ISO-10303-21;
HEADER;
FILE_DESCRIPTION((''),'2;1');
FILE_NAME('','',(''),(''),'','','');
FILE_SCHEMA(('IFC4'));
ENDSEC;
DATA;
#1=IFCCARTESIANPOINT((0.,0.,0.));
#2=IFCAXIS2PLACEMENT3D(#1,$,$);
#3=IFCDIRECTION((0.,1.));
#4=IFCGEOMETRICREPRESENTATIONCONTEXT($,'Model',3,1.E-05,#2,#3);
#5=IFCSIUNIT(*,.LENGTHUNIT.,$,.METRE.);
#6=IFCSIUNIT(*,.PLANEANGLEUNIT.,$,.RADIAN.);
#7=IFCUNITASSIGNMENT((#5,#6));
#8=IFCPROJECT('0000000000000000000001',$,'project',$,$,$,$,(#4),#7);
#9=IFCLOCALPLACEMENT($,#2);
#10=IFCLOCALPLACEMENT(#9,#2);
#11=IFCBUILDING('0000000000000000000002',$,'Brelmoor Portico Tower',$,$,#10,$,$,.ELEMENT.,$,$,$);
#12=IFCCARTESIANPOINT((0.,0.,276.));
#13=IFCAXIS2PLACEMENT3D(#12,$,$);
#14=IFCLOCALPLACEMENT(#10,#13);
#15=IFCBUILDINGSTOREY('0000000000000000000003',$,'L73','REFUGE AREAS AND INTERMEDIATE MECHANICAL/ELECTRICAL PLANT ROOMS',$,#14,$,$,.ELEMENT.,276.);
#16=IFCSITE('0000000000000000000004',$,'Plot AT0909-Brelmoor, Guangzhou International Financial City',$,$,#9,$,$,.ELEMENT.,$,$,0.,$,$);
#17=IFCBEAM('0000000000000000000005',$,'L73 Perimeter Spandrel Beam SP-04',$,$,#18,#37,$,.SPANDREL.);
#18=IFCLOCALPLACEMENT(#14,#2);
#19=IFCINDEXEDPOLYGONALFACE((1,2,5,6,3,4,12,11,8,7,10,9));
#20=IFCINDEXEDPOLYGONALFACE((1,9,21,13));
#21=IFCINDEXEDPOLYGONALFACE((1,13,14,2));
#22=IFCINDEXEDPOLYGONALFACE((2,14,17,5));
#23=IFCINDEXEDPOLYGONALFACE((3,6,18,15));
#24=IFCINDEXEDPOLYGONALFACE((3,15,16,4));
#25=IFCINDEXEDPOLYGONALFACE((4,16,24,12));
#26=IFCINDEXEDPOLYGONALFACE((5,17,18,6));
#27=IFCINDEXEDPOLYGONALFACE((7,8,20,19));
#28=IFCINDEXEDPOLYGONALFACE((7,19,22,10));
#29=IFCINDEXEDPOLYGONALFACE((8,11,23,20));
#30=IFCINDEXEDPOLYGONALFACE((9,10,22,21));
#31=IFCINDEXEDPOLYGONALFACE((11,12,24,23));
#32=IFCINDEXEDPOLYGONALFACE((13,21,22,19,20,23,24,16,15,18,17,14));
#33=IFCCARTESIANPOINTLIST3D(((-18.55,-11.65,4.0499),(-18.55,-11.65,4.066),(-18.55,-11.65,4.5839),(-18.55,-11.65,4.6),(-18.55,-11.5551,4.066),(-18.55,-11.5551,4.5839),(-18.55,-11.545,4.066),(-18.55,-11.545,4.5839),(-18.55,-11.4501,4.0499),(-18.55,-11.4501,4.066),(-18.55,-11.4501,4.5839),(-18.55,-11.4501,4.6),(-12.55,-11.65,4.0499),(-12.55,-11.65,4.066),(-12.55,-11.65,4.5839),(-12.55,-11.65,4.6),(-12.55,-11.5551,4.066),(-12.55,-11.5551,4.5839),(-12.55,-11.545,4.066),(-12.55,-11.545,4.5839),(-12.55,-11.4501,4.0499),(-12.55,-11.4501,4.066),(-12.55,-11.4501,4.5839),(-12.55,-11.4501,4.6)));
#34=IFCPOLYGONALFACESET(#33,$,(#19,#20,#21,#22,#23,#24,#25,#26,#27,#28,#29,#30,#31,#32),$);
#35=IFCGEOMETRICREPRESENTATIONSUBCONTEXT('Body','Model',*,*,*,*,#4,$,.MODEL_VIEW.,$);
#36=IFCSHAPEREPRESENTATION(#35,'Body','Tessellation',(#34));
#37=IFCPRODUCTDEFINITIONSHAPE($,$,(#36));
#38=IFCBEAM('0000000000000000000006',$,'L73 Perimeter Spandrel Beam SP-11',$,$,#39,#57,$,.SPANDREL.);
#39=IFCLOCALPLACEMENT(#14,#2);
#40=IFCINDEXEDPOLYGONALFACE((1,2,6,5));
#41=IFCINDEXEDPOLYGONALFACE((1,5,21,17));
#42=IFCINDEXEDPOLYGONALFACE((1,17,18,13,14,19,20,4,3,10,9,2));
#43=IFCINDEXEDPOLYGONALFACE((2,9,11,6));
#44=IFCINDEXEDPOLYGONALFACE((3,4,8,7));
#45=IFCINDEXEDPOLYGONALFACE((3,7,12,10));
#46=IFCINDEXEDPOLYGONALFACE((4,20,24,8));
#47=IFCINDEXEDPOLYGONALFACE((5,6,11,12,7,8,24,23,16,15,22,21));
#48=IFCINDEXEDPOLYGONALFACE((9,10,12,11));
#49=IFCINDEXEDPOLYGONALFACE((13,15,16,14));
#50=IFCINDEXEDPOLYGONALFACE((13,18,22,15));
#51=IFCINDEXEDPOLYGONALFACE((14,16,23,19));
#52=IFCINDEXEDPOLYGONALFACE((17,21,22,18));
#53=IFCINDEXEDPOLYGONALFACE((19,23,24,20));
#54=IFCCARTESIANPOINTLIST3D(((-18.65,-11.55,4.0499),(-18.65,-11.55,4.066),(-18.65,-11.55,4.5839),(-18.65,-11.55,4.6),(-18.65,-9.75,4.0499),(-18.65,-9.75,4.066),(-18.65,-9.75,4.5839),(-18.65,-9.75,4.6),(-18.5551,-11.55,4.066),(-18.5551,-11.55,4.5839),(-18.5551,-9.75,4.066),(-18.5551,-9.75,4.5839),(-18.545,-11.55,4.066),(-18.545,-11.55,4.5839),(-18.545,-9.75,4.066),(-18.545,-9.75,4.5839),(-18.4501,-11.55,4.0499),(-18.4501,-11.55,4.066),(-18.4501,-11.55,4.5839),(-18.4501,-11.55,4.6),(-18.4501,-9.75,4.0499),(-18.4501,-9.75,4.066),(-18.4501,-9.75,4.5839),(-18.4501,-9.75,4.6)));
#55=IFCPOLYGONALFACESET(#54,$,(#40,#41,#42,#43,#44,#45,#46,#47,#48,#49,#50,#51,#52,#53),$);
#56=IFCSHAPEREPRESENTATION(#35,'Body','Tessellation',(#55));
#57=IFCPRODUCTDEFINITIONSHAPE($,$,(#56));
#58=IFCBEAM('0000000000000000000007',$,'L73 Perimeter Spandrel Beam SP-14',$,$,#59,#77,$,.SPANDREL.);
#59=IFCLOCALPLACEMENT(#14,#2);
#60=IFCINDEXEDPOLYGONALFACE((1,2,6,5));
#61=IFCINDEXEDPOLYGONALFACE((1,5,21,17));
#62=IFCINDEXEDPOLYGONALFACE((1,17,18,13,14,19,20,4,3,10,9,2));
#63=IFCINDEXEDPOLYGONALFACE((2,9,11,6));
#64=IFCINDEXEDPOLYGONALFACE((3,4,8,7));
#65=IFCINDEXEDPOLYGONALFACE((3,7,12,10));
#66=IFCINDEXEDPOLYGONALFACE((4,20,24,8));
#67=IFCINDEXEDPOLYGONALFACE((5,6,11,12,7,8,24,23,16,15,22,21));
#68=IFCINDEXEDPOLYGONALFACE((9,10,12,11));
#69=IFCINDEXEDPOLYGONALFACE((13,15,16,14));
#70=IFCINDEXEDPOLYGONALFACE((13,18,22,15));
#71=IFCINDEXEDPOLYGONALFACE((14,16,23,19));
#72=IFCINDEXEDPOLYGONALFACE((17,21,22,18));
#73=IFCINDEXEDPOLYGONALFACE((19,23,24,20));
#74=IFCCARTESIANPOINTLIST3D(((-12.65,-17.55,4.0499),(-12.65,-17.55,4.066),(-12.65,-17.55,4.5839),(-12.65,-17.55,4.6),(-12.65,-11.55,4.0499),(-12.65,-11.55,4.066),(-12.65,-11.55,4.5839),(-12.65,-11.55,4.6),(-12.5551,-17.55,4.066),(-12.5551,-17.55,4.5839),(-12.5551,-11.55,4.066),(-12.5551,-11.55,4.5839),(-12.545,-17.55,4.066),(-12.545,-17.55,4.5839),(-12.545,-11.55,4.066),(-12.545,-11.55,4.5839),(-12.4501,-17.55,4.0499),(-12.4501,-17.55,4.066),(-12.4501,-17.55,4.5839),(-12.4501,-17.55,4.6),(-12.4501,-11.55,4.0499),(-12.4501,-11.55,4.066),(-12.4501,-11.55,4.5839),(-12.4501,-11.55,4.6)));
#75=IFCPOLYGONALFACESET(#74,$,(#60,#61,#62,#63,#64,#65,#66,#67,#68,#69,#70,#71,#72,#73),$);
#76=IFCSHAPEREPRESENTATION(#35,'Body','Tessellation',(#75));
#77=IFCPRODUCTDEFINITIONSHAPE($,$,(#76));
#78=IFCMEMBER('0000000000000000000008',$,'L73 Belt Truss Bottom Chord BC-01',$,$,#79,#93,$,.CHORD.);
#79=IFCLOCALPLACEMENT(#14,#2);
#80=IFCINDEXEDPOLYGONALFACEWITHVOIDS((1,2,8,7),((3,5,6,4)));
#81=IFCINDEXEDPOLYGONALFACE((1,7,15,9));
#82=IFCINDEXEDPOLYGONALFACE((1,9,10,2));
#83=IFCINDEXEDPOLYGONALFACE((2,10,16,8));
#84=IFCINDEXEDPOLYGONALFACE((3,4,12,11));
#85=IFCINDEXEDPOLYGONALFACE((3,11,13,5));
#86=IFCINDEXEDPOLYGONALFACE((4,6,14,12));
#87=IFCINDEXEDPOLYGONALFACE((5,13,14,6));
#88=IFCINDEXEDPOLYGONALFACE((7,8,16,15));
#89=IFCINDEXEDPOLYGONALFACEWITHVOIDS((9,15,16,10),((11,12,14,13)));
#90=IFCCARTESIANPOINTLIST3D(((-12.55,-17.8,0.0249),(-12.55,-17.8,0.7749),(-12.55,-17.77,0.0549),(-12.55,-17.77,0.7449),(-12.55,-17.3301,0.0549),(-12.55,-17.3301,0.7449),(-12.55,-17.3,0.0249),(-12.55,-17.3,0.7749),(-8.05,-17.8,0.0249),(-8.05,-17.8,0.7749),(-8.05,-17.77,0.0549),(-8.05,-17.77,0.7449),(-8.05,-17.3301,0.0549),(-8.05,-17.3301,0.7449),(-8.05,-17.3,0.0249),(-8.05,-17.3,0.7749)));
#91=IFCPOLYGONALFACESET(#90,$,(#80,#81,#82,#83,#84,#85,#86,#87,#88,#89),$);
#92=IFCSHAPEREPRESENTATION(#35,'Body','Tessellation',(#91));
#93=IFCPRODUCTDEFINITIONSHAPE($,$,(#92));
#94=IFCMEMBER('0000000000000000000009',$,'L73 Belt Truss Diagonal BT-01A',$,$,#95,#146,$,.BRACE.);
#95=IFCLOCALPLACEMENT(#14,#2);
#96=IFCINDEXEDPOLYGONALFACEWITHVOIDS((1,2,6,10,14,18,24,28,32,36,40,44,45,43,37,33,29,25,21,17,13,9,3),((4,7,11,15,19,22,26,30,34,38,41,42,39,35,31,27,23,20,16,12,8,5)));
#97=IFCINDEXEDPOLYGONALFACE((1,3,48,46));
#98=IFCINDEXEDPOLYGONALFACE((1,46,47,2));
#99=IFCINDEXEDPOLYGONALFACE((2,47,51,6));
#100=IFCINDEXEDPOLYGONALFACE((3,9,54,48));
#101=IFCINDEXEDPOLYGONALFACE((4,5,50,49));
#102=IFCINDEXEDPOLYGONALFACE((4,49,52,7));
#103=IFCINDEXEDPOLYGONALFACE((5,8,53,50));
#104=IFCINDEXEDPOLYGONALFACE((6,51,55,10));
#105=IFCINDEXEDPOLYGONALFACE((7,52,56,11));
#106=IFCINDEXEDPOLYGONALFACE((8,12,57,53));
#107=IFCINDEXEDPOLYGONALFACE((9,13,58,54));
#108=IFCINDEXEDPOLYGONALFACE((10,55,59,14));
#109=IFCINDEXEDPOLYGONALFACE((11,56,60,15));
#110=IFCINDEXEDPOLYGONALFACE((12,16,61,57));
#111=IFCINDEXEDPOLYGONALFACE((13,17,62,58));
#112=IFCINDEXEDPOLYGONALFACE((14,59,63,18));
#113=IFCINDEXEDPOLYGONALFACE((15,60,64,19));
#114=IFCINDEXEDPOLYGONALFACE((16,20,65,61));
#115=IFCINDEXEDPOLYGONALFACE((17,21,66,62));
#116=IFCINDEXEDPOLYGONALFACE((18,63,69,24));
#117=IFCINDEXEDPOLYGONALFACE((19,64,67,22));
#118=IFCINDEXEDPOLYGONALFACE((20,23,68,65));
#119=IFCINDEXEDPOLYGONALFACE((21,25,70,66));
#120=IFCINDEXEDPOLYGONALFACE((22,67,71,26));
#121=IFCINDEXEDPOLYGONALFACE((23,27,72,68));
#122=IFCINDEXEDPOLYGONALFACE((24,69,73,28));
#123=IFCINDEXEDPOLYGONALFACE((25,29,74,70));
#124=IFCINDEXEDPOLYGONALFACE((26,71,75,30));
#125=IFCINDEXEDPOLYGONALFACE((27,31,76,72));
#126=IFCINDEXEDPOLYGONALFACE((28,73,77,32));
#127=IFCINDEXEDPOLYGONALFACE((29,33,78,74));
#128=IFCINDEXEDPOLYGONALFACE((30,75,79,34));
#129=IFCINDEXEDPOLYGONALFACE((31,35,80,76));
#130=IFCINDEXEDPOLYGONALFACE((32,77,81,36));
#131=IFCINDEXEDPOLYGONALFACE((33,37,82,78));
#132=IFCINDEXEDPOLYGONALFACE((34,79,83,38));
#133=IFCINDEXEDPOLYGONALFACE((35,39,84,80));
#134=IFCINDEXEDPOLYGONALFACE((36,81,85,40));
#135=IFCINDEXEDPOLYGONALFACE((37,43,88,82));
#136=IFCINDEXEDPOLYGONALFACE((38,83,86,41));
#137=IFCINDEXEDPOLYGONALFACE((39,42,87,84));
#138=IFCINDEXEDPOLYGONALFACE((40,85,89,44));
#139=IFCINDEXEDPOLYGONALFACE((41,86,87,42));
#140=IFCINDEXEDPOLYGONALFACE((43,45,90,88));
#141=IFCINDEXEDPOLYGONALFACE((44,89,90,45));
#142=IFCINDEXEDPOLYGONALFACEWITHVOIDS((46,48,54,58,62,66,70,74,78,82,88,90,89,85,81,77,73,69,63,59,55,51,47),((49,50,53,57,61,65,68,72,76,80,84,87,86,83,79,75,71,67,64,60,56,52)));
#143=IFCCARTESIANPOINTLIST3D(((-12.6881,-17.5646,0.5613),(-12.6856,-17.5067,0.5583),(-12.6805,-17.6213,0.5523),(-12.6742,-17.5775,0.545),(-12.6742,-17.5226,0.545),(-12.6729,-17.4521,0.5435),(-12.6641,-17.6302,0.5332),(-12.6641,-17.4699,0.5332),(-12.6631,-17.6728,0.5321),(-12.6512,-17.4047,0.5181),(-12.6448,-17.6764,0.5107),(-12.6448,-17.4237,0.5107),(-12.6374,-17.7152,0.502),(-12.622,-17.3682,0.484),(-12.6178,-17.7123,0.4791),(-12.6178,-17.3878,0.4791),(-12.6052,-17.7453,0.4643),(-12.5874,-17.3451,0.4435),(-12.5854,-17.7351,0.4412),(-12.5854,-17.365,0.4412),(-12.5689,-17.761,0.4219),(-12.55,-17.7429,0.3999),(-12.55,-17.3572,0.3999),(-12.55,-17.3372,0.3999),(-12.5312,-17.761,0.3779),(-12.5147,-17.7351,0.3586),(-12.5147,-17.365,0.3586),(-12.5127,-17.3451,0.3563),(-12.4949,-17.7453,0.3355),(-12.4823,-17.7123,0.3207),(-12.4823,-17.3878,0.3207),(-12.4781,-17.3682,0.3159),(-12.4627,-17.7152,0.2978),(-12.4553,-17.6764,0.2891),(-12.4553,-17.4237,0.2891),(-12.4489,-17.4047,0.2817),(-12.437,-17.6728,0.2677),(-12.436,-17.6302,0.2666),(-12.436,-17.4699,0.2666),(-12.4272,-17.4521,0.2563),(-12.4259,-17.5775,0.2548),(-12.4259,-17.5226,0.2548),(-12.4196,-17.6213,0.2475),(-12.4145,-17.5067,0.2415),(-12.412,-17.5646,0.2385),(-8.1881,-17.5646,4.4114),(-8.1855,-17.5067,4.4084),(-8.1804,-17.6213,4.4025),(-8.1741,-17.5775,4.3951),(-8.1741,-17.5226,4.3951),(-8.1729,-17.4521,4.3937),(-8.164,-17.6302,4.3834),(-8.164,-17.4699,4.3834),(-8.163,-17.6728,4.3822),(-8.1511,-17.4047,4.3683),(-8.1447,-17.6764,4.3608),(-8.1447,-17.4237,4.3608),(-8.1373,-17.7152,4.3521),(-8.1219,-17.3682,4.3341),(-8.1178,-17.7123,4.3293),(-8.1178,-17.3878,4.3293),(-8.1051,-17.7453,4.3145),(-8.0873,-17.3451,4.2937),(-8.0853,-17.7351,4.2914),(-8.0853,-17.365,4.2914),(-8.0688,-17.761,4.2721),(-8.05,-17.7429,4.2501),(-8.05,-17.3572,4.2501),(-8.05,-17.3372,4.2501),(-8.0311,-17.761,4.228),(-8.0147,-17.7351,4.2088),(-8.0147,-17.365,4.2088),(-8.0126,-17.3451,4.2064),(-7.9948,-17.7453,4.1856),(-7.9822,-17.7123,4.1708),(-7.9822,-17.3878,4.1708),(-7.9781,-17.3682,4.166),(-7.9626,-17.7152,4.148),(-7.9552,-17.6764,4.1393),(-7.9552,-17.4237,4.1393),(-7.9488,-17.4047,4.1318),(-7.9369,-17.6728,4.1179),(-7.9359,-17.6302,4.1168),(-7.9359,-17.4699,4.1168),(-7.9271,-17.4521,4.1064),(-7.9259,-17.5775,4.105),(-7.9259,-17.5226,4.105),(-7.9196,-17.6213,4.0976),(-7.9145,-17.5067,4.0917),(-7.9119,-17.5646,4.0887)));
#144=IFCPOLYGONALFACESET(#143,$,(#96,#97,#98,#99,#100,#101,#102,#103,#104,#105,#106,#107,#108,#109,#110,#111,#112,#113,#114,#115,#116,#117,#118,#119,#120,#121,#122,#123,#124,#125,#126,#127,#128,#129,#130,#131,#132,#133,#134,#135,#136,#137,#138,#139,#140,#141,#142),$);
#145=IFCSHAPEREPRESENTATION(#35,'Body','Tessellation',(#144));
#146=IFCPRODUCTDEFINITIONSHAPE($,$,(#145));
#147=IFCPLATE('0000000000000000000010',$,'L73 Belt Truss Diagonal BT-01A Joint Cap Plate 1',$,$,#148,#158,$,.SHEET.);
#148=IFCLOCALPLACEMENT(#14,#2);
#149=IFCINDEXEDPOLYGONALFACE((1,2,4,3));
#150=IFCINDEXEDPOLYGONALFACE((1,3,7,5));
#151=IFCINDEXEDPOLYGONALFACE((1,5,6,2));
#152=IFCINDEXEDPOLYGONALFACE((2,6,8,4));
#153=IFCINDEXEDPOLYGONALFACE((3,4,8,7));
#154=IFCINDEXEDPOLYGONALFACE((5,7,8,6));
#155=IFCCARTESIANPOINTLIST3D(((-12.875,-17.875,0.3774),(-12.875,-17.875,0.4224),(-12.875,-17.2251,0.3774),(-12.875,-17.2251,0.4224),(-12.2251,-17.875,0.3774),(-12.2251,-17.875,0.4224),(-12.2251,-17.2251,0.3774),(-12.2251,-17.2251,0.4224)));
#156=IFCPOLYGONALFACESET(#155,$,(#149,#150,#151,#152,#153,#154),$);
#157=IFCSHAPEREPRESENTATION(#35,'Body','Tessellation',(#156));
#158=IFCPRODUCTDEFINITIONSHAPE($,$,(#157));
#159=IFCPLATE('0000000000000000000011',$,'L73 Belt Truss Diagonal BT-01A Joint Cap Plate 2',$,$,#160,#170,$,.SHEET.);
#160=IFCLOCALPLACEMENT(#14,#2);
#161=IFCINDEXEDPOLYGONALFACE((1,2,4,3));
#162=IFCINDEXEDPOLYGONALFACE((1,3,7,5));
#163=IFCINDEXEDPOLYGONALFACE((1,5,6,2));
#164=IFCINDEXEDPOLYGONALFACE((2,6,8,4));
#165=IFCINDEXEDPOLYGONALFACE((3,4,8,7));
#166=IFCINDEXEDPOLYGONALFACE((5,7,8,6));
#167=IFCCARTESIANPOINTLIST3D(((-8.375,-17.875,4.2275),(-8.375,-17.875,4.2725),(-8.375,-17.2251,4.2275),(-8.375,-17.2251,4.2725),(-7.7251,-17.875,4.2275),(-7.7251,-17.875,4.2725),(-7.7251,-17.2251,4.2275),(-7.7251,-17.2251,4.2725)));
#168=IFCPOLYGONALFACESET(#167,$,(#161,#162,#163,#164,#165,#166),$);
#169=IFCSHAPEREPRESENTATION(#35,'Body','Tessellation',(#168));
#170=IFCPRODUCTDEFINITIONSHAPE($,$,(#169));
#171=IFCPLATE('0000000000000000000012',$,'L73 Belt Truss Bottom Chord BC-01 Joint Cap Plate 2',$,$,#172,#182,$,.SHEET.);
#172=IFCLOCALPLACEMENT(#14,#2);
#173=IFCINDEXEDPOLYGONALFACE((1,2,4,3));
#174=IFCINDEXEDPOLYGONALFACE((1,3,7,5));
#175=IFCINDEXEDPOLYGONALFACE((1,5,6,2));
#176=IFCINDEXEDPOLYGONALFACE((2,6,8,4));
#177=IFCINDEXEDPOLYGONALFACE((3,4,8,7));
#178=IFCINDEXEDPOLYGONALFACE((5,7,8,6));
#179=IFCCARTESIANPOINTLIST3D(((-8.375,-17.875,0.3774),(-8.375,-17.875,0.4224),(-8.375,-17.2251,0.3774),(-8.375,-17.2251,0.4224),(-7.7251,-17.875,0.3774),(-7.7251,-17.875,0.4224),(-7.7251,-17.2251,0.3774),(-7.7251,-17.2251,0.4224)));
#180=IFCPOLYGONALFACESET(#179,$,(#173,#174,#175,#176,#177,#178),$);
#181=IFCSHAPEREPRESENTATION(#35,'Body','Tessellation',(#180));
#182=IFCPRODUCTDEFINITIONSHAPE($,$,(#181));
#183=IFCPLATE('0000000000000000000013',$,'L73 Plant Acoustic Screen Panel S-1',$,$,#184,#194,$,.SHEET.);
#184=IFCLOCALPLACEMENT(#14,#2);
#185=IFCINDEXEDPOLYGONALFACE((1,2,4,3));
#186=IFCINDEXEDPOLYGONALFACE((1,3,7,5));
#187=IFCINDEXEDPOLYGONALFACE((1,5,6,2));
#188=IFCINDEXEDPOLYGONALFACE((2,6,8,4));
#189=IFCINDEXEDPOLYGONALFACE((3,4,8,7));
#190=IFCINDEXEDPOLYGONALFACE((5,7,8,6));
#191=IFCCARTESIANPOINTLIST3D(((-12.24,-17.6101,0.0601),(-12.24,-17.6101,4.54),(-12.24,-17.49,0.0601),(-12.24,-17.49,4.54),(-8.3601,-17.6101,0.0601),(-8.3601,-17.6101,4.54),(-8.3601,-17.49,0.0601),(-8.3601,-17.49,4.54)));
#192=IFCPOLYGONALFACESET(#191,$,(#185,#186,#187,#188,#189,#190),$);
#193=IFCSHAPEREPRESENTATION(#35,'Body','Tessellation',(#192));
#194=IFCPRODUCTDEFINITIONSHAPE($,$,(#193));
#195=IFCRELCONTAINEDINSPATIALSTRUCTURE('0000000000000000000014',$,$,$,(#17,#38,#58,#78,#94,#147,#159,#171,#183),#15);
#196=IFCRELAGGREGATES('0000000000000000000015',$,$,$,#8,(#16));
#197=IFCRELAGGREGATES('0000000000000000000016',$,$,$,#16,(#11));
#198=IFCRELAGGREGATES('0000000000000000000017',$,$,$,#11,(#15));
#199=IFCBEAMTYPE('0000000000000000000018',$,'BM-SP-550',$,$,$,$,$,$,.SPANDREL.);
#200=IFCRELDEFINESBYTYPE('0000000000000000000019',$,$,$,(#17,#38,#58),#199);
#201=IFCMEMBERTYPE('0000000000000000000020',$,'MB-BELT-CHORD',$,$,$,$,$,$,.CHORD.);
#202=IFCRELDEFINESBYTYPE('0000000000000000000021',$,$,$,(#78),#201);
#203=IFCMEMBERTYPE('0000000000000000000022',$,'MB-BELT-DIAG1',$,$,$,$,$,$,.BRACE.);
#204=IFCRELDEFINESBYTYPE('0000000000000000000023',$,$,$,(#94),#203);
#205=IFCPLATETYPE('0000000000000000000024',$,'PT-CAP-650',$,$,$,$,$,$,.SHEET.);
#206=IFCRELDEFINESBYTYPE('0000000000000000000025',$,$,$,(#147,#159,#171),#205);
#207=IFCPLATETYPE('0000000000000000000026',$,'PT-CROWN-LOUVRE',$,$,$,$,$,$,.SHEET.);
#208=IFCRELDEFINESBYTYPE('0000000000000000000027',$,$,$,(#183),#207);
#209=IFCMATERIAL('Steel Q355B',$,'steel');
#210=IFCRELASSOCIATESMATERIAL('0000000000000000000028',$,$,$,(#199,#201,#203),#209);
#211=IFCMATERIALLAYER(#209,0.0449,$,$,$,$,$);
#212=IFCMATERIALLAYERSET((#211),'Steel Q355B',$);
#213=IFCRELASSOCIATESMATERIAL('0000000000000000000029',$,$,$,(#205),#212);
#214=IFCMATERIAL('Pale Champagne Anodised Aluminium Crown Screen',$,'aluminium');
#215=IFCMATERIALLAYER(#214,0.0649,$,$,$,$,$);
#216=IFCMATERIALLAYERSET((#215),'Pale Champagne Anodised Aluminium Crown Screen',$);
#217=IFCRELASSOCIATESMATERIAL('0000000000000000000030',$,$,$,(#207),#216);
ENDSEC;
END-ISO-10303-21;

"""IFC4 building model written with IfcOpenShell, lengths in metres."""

from ifc_helpers import new_model, si_unit, direction, frame, origin, origin_2d, place, context, subcontext, project, spatial, rectangle, hollow_rectangle, hollow_circle, i_section, extrude, material, layer, layer_set, material_profile, profile_set, type_object, element, save


model = new_model("IFC4")

# Units and contexts
model_context = context("Model", 3, precision=1e-05, world=origin(), true_north=direction((0.0, 1.0)))
body_context = subcontext(model_context, "Body", "Model", "MODEL_VIEW")
ifc_project = project(units=[si_unit("LENGTHUNIT", "METRE"), si_unit("PLANEANGLEUNIT", "RADIAN")], contexts=[model_context])

# Site, building, storey
site_placement = place(None, origin())
site = spatial("IfcSite", under=ifc_project, at=site_placement, Name="Plot AT0909-Brelmoor, Guangzhou International Financial City", CompositionType="ELEMENT", RefElevation=0.0)
building_placement = place(site_placement, origin())
building = spatial("IfcBuilding", under=site, at=building_placement, Name="Brelmoor Portico Tower", CompositionType="ELEMENT")
storey_placement = place(building_placement, frame((0.0, 0.0, 276.0)))
storey = spatial("IfcBuildingStorey", under=building, at=storey_placement, Name="L73", Description="REFUGE AREAS AND INTERMEDIATE MECHANICAL/ELECTRICAL PLANT ROOMS", CompositionType="ELEMENT", Elevation=276.0)

# Shared definitions
ifc_material_1 = material(Name="Steel Q355B", Category="steel")

# Beams
ifc_material_profile_1 = material_profile(ifc_material_1, i_section(OverallWidth=0.2, OverallDepth=0.55, WebThickness=0.01, FlangeThickness=0.0161, at=origin_2d()), Name="HN 550x200x10x16")
ifc_profile_set_1 = profile_set([ifc_material_profile_1], Name="Steel Q355B")
beam_type_1 = type_object("IfcBeamType", Name="BM-SP-550", PredefinedType="SPANDREL", material=ifc_profile_set_1)
beam_1_placement = place(storey_placement, frame((-18.55, -11.55, 4.325), z_axis=(1.0, 0.0, 0.0), x_axis=(0.0, 1.0, 0.0)))
element("IfcBeam", 1, at=beam_1_placement, inside=storey, type_object=beam_type_1, Name="L73 Perimeter Spandrel Beam SP-04", PredefinedType="SPANDREL", context=body_context, shape_type="SweptSolid", body=[
    extrude(i_section(OverallWidth=0.2, OverallDepth=0.55, WebThickness=0.01, FlangeThickness=0.0161, at=origin_2d()), origin(), (0.0, 0.0, 1.0), 6.0),
])
beam_2_placement = place(storey_placement, frame((-18.55, -11.55, 4.325), z_axis=(0.0, 1.0, 0.0), x_axis=(-1.0, 0.0, 0.0)))
element("IfcBeam", 2, at=beam_2_placement, inside=storey, type_object=beam_type_1, Name="L73 Perimeter Spandrel Beam SP-11", PredefinedType="SPANDREL", context=body_context, shape_type="SweptSolid", body=[
    extrude(i_section(OverallWidth=0.2, OverallDepth=0.55, WebThickness=0.01, FlangeThickness=0.0161, at=origin_2d()), origin(), (0.0, 0.0, 1.0), 1.8),
])
beam_3_placement = place(storey_placement, frame((-12.55, -17.55, 4.325), z_axis=(0.0, 1.0, 0.0), x_axis=(-1.0, 0.0, 0.0)))
element("IfcBeam", 3, at=beam_3_placement, inside=storey, type_object=beam_type_1, Name="L73 Perimeter Spandrel Beam SP-14", PredefinedType="SPANDREL", context=body_context, shape_type="SweptSolid", body=[
    extrude(i_section(OverallWidth=0.2, OverallDepth=0.55, WebThickness=0.01, FlangeThickness=0.0161, at=origin_2d()), origin(), (0.0, 0.0, 1.0), 6.0),
])

# Members
ifc_material_profile_2 = material_profile(ifc_material_1, hollow_rectangle(XDim=0.5, YDim=0.75, WallThickness=0.03, at=origin_2d()), Name="RHS 500x750x30")
ifc_profile_set_2 = profile_set([ifc_material_profile_2], Name="Steel Q355B")
member_type_1 = type_object("IfcMemberType", Name="MB-BELT-CHORD", PredefinedType="CHORD", material=ifc_profile_set_2)
member_1_placement = place(storey_placement, frame((-12.55, -17.55, 0.3999), z_axis=(1.0, 0.0, 0.0), x_axis=(0.0, 1.0, 0.0)))
element("IfcMember", 4, at=member_1_placement, inside=storey, type_object=member_type_1, Name="L73 Belt Truss Bottom Chord BC-01", PredefinedType="CHORD", context=body_context, shape_type="SweptSolid", body=[
    extrude(hollow_rectangle(XDim=0.5, YDim=0.75, WallThickness=0.03, at=origin_2d()), origin(), (0.0, 0.0, 1.0), 4.5),
])
ifc_material_profile_3 = material_profile(ifc_material_1, hollow_circle(Radius=0.2129, WallThickness=0.02, at=origin_2d()), Name="CHS 426x20")
ifc_profile_set_3 = profile_set([ifc_material_profile_3], Name="Steel Q355B")
member_type_2 = type_object("IfcMemberType", Name="MB-BELT-DIAG1", PredefinedType="BRACE", material=ifc_profile_set_3)
member_2_placement = place(storey_placement, frame((-12.55, -17.55, 0.3999), z_axis=(0.759844, 0.0, 0.650105), x_axis=(0.0, 1.0, 0.0)))
element("IfcMember", 5, at=member_2_placement, inside=storey, type_object=member_type_2, Name="L73 Belt Truss Diagonal BT-01A", PredefinedType="BRACE", context=body_context, shape_type="SweptSolid", body=[
    extrude(hollow_circle(Radius=0.2129, WallThickness=0.02, at=origin_2d()), origin(), (0.0, 0.0, 1.0), 5.9224),
])

# Plates
ifc_layer_1 = layer(ifc_material_1, 0.0449)
ifc_layer_set_1 = layer_set([ifc_layer_1], Name="Steel Q355B")
plate_type_1 = type_object("IfcPlateType", Name="PT-CAP-650", PredefinedType="SHEET", material=ifc_layer_set_1)
for number, where, z_axis, x_axis, name in (
    (6, (-12.55, -17.55, 0.3774), (0.0, 0.0, 1.0), (1.0, 0.0, 0.0), "L73 Belt Truss Diagonal BT-01A Joint Cap Plate 1"),
    (7, (-8.05, -17.55, 4.2275), (0.0, 0.0, 1.0), (1.0, 0.0, 0.0), "L73 Belt Truss Diagonal BT-01A Joint Cap Plate 2"),
    (8, (-8.05, -17.55, 0.3774), (0.0, 0.0, 1.0), (1.0, 0.0, 0.0), "L73 Belt Truss Bottom Chord BC-01 Joint Cap Plate 2"),
):
    element("IfcPlate", number, at=place(storey_placement, frame(where, z_axis=z_axis, x_axis=x_axis)), inside=storey, type_object=plate_type_1, Name=name, PredefinedType="SHEET", context=body_context, shape_type="SweptSolid", body=[
        extrude(rectangle(XDim=0.6499, YDim=0.6499, at=origin_2d()), origin(), (0.0, 0.0, 1.0), 0.0449),
    ])
ifc_material_2 = material(Name="Pale Champagne Anodised Aluminium Crown Screen", Category="aluminium")
ifc_layer_2 = layer(ifc_material_2, 0.0649)
ifc_layer_set_2 = layer_set([ifc_layer_2], Name="Pale Champagne Anodised Aluminium Crown Screen")
plate_type_2 = type_object("IfcPlateType", Name="PT-CROWN-LOUVRE", PredefinedType="SHEET", material=ifc_layer_set_2)
plate_1_placement = place(storey_placement, frame((-10.3, -17.55, 0.0601), z_axis=(0.0, 0.0, 1.0), x_axis=(1.0, 0.0, 0.0)))
element("IfcPlate", 9, at=plate_1_placement, inside=storey, type_object=plate_type_2, Name="L73 Plant Acoustic Screen Panel S-1", PredefinedType="SHEET", context=body_context, shape_type="SweptSolid", body=[
    extrude(rectangle(XDim=3.8799, YDim=0.1201, at=origin_2d()), origin(), (0.0, 0.0, 1.0), 4.48),
])

save(model, "model.ifc")
